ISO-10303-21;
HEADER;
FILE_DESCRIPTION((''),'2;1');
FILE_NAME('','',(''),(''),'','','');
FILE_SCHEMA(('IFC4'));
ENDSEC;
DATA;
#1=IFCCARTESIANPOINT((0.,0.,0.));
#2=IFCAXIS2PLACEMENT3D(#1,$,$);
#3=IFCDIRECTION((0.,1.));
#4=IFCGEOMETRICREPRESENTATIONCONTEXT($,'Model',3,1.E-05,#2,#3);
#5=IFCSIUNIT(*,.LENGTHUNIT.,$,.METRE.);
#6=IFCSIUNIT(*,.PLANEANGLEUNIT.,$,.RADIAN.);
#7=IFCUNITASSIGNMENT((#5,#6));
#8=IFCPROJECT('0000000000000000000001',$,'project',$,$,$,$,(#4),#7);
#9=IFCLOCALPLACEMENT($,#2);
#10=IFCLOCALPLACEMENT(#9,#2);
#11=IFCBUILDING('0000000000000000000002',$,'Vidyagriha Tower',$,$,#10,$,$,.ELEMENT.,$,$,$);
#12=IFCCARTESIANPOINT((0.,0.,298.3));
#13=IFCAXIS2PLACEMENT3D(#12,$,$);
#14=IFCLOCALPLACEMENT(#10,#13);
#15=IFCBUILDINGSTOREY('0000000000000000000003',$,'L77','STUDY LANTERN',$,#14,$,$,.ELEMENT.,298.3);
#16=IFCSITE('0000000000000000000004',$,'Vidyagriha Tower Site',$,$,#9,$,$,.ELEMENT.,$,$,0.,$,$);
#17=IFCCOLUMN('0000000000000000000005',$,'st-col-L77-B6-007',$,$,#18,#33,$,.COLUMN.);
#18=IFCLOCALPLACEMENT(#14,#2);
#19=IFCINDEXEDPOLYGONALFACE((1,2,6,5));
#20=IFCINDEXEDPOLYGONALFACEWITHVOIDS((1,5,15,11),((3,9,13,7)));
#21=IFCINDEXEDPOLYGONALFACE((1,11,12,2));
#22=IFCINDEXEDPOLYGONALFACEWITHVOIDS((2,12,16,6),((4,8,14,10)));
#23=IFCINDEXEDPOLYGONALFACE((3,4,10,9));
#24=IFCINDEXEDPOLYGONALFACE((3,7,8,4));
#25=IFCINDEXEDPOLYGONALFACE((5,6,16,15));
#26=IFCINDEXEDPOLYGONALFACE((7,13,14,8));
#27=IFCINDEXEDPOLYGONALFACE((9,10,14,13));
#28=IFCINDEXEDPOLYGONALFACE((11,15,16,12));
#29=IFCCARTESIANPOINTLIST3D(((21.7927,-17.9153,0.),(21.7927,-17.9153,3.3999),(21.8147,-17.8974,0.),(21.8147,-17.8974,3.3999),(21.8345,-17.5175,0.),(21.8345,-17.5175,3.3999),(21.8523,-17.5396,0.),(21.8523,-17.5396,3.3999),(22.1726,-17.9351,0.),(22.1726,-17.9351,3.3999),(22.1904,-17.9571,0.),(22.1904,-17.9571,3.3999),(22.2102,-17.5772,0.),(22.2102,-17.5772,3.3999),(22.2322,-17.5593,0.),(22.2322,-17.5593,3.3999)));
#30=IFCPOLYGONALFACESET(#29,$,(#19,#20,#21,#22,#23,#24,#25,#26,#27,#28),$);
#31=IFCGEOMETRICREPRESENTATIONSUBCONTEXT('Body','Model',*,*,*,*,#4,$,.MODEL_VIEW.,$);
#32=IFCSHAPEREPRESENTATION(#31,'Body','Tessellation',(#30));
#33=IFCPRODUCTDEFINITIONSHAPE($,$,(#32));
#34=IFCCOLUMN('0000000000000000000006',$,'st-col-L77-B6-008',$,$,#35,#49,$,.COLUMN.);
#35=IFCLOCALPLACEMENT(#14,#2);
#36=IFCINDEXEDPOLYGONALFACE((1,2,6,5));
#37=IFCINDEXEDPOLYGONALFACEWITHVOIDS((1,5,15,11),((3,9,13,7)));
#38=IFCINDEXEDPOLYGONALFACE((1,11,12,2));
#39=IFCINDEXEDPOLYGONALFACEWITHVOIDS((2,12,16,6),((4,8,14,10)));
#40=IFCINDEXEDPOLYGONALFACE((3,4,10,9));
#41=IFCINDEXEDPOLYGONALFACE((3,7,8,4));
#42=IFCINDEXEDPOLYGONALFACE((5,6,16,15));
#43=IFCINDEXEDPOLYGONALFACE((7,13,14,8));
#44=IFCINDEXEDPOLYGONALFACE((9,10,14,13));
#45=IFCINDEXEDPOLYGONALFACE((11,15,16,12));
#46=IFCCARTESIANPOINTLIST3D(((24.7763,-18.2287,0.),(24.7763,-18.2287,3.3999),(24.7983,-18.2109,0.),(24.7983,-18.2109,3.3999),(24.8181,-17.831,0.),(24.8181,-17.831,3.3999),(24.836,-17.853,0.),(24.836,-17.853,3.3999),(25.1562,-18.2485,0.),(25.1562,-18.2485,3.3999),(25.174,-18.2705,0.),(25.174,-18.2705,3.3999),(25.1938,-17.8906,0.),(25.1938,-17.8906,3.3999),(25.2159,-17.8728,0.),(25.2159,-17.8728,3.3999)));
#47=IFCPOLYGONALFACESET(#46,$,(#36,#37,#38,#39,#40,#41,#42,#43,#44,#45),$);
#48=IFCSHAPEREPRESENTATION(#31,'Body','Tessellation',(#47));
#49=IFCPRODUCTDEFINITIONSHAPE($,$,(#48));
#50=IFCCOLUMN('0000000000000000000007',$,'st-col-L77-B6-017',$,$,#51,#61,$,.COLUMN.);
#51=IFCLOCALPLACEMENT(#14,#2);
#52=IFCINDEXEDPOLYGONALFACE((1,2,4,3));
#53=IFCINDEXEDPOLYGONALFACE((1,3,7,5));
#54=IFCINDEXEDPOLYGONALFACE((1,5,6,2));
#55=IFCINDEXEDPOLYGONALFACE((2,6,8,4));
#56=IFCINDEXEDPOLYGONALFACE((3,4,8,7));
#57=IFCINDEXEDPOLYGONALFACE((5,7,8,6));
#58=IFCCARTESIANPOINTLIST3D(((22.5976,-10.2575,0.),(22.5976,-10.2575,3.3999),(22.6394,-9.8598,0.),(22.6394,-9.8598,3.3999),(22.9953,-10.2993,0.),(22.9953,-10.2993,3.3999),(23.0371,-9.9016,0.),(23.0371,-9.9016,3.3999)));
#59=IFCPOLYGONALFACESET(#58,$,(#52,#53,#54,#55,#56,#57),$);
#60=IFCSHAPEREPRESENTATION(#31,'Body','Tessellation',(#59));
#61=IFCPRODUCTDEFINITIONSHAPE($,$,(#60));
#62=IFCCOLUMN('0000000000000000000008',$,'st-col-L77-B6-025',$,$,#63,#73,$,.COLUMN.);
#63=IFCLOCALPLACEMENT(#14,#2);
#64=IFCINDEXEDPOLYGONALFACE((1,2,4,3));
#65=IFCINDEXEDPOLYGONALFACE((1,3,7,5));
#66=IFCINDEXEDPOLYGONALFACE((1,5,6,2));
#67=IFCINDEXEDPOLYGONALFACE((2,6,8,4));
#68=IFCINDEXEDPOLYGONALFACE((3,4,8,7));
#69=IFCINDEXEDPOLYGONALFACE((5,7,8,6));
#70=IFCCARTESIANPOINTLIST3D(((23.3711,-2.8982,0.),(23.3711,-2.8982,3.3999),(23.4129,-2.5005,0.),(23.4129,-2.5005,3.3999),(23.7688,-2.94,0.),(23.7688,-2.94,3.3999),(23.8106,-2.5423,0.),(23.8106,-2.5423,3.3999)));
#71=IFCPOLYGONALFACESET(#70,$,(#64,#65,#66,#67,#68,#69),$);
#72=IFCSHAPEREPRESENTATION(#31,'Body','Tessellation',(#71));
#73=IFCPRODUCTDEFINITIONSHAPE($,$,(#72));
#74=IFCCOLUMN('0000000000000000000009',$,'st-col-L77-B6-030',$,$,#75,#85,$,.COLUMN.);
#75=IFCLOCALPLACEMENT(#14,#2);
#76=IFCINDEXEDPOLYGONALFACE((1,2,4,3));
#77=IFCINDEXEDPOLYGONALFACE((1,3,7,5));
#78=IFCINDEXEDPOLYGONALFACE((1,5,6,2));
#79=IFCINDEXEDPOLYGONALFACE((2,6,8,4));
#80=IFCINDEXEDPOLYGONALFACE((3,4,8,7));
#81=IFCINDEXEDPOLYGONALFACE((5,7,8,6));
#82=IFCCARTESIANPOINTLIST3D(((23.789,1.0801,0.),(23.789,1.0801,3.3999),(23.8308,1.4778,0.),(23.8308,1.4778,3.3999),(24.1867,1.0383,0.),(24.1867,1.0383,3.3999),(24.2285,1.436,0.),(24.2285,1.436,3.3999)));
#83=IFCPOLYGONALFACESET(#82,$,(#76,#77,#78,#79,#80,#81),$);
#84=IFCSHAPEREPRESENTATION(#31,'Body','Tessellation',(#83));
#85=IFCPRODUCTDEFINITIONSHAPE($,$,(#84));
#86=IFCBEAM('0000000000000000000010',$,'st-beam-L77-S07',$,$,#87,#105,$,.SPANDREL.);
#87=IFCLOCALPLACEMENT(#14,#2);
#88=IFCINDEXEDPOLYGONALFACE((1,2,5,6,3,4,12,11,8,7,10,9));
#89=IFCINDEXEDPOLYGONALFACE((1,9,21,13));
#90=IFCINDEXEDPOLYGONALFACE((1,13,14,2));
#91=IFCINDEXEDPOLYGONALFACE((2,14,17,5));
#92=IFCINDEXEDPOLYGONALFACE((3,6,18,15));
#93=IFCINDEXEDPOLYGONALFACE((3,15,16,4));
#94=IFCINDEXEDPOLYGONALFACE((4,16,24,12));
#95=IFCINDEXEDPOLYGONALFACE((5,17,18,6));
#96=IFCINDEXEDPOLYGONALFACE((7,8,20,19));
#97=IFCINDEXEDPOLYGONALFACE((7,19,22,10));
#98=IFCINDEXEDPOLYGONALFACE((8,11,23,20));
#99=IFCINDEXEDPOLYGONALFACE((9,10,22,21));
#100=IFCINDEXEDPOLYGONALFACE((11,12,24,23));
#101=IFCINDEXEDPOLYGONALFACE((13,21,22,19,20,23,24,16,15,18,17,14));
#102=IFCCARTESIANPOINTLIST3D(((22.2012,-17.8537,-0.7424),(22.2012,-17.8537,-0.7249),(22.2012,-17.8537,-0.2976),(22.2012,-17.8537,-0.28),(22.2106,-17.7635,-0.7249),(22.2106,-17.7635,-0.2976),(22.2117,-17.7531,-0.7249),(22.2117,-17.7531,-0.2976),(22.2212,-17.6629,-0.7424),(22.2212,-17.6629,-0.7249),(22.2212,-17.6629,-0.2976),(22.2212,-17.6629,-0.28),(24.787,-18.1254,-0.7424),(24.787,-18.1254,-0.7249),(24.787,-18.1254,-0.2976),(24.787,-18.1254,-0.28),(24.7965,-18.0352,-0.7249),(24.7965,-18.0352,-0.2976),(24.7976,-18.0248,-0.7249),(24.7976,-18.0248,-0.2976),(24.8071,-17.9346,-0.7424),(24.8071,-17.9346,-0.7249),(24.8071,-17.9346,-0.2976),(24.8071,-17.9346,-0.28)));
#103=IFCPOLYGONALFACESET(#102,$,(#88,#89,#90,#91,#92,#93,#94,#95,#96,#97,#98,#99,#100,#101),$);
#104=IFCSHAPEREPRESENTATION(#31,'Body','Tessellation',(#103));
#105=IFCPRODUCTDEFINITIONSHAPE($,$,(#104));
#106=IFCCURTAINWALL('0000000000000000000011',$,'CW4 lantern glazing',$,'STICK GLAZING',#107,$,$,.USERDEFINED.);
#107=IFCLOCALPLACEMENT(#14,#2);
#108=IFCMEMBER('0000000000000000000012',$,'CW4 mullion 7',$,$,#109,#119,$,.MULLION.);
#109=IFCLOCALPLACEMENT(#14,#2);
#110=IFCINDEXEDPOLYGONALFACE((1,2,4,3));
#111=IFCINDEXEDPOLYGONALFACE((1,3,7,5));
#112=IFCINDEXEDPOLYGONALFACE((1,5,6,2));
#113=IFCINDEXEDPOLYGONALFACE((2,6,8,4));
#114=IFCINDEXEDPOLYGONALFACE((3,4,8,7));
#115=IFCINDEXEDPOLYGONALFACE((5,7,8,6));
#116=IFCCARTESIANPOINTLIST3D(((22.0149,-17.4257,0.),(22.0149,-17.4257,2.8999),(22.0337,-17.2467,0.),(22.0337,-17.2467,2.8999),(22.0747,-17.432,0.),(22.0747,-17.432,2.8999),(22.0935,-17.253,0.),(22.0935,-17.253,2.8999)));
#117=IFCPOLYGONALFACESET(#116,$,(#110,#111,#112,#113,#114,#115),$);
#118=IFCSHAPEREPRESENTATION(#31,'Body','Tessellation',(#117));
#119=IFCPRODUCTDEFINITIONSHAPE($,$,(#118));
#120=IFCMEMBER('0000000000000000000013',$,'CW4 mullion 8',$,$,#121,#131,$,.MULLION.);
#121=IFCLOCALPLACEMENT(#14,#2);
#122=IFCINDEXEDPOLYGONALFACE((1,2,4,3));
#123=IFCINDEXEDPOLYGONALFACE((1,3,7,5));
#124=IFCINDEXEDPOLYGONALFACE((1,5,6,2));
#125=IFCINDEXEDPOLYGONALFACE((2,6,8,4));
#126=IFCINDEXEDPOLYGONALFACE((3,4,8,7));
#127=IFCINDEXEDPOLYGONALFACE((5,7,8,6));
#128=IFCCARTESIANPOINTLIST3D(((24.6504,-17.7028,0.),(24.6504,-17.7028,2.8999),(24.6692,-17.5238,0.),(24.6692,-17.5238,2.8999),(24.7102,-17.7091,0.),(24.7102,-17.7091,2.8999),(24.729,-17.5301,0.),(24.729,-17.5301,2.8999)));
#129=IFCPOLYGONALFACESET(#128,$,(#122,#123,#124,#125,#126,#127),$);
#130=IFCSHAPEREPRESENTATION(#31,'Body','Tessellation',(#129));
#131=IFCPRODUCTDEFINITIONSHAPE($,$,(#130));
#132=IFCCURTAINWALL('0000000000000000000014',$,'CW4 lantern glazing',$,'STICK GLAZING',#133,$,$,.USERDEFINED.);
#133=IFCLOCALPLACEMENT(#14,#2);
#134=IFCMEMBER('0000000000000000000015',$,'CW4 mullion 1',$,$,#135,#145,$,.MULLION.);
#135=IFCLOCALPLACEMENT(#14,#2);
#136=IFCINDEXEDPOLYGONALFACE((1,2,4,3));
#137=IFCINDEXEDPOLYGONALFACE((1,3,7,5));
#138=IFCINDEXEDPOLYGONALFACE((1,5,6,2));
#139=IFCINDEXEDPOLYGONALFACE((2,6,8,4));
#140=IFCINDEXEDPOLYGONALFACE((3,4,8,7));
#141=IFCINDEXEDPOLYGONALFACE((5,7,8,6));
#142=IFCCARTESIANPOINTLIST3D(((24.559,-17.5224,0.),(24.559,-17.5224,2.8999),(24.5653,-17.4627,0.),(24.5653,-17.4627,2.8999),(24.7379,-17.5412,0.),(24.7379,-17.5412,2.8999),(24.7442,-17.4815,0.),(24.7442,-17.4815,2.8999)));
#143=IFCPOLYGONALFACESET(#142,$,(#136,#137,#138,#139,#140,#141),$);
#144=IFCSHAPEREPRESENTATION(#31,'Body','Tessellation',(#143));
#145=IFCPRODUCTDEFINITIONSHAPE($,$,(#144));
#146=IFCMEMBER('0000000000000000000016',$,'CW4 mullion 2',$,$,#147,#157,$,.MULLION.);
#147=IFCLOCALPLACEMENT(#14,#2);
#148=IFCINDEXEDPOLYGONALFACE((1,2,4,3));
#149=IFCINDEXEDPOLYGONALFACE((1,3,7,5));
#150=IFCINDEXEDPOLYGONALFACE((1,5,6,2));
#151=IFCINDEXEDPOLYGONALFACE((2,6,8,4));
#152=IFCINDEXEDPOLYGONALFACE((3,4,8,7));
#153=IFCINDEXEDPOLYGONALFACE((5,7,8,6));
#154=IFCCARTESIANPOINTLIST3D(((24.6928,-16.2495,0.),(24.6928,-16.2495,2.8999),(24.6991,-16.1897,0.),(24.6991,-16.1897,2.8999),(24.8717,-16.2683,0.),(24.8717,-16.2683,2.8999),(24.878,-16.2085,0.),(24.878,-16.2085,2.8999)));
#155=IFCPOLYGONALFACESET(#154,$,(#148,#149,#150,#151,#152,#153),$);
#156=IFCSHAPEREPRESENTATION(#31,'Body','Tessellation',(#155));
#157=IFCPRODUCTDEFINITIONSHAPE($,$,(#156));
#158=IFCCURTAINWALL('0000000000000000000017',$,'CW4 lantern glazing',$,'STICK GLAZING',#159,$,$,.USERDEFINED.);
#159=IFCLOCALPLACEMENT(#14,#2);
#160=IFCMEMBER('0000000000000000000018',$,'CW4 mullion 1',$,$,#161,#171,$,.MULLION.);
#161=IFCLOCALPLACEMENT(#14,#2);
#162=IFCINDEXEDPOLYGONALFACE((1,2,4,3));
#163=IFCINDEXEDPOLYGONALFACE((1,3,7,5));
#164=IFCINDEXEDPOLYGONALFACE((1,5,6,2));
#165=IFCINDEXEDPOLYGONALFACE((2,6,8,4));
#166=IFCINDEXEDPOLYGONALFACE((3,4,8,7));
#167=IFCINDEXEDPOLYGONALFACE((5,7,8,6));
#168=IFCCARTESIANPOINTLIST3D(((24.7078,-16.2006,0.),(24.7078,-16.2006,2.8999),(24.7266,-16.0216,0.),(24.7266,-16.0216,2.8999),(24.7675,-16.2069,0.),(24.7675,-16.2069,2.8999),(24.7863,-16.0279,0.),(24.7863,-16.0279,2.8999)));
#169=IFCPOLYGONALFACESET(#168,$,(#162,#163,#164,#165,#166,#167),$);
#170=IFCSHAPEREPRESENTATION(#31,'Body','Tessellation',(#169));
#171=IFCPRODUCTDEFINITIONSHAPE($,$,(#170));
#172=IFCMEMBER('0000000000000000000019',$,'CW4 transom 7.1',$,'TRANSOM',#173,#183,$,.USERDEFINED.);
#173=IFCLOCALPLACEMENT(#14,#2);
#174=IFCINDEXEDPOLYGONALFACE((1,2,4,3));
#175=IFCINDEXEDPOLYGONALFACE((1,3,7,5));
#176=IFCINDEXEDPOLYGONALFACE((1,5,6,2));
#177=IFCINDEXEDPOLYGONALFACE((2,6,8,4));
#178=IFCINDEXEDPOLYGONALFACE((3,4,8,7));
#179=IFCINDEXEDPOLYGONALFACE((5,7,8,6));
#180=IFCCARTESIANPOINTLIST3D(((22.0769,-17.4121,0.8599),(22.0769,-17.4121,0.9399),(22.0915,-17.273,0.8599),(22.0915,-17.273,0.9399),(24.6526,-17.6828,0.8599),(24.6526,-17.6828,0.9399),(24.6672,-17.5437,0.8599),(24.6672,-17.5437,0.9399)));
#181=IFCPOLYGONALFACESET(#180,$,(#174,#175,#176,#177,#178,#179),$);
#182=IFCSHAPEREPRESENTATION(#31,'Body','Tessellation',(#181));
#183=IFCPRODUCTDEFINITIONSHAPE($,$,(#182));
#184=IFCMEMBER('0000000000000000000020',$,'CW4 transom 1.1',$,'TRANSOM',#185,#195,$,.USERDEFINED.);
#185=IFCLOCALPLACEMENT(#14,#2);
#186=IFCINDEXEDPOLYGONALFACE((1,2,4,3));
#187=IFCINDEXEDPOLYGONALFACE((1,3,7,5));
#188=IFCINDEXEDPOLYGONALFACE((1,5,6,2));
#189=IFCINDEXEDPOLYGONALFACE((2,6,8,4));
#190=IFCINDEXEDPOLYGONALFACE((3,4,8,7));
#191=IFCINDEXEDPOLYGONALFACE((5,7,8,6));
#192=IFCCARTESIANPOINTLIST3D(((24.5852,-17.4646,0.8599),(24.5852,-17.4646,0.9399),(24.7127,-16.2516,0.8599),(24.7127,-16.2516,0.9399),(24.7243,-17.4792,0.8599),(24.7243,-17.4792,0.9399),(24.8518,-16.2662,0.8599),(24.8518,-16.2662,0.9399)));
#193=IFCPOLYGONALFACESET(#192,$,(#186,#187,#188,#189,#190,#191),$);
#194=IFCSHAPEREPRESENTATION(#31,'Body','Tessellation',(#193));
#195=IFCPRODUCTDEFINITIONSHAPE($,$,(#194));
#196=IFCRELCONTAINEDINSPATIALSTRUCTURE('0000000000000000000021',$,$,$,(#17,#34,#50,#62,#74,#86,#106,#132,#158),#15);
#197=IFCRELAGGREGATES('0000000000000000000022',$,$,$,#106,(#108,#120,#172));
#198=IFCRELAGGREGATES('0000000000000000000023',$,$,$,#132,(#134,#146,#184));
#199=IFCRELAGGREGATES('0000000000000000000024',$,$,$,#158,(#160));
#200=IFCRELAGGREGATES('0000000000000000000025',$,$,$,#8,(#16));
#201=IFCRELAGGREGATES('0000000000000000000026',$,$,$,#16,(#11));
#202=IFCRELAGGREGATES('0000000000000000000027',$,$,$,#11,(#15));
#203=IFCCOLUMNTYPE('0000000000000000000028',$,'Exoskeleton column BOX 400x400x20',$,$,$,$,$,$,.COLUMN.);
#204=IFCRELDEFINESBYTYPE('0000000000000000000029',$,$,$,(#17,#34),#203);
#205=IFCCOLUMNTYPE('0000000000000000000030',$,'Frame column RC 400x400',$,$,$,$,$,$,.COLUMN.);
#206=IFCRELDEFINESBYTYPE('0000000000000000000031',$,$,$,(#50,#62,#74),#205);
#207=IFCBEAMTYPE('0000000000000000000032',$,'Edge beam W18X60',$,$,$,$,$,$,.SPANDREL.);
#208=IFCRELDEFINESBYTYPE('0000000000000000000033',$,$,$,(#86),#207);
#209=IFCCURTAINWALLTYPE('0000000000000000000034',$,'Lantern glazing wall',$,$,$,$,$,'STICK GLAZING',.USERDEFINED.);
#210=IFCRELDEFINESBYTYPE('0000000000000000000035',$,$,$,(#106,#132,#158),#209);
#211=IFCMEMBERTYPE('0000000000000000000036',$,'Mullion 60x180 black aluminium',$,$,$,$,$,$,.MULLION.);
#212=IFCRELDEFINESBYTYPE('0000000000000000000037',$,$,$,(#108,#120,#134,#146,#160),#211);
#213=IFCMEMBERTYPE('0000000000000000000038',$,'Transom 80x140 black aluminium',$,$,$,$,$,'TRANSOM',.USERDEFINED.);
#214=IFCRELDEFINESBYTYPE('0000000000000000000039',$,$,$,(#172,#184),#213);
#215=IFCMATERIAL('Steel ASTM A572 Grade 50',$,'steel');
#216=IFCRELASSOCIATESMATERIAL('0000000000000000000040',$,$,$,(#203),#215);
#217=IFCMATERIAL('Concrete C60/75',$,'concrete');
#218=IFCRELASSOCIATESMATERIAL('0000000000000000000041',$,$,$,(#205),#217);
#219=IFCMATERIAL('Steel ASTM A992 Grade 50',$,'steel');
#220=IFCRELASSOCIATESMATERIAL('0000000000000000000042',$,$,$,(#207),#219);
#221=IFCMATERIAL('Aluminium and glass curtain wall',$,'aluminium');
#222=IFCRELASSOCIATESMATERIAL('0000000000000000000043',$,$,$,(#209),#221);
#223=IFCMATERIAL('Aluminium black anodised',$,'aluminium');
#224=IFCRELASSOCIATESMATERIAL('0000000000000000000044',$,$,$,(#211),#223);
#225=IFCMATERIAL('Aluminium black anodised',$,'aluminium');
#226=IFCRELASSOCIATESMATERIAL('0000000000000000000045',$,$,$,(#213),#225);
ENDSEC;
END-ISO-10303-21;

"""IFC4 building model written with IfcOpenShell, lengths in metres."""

from ifc_helpers import new_model, si_unit, direction, frame, origin, origin_2d, place, context, subcontext, project, spatial, rectangle, hollow_rectangle, i_section, extrude, material, material_profile, profile_set, type_object, element, aggregate, save


model = new_model("IFC4")

# Units and contexts
model_context = context("Model", 3, precision=1e-05, world=origin(), true_north=direction((0.0, 1.0)))
body_context = subcontext(model_context, "Body", "Model", "MODEL_VIEW")
ifc_project = project(units=[si_unit("LENGTHUNIT", "METRE"), si_unit("PLANEANGLEUNIT", "RADIAN")], contexts=[model_context])

# Site, building, storey
site_placement = place(None, origin())
site = spatial("IfcSite", under=ifc_project, at=site_placement, Name="Vidyagriha Tower Site", CompositionType="ELEMENT", RefElevation=0.0)
building_placement = place(site_placement, origin())
building = spatial("IfcBuilding", under=site, at=building_placement, Name="Vidyagriha Tower", CompositionType="ELEMENT")
storey_placement = place(building_placement, frame((0.0, 0.0, 298.3)))
storey = spatial("IfcBuildingStorey", under=building, at=storey_placement, Name="L77", Description="STUDY LANTERN", CompositionType="ELEMENT", Elevation=298.3)

# Columns
ifc_material_1 = material(Name="Steel ASTM A572 Grade 50", Category="steel")
ifc_material_profile_1 = material_profile(ifc_material_1, hollow_rectangle(XDim=0.3999, YDim=0.3999, WallThickness=0.02, at=origin_2d()), Name="BOX 400x400x20")
ifc_profile_set_1 = profile_set([ifc_material_profile_1], Name="Steel ASTM A572 Grade 50")
column_type_1 = type_object("IfcColumnType", Name="Exoskeleton column BOX 400x400x20", PredefinedType="COLUMN", material=ifc_profile_set_1)
for number, where, z_axis, x_axis, name in (
    (1, (22.0125, -17.7373, 0.0), (0.0, 0.0, 1.0), (0.994522, -0.104528, 0.0), "st-col-L77-B6-007"),
    (2, (24.9961, -18.0508, 0.0), (0.0, 0.0, 1.0), (0.994522, -0.104528, 0.0), "st-col-L77-B6-008"),
):
    element("IfcColumn", number, at=place(storey_placement, frame(where, z_axis=z_axis, x_axis=x_axis)), inside=storey, type_object=column_type_1, Name=name, PredefinedType="COLUMN", context=body_context, shape_type="SweptSolid", body=[
        extrude(hollow_rectangle(XDim=0.3999, YDim=0.3999, WallThickness=0.02, at=origin_2d()), origin(), (0.0, 0.0, 1.0), 3.3999),
    ])
ifc_material_2 = material(Name="Concrete C60/75", Category="concrete")
ifc_material_profile_2 = material_profile(ifc_material_2, rectangle(XDim=0.3999, YDim=0.3999, at=origin_2d()), Name="RC 400x400")
ifc_profile_set_2 = profile_set([ifc_material_profile_2], Name="Concrete C60/75")
column_type_2 = type_object("IfcColumnType", Name="Frame column RC 400x400", PredefinedType="COLUMN", material=ifc_profile_set_2)
for number, where, z_axis, x_axis, name in (
    (3, (22.8174, -10.0796, 0.0), (0.0, 0.0, 1.0), (0.994522, -0.104528, 0.0), "st-col-L77-B6-017"),
    (4, (23.5908, -2.7202, 0.0), (0.0, 0.0, 1.0), (0.994522, -0.104528, 0.0), "st-col-L77-B6-025"),
    (5, (24.0088, 1.2581, 0.0), (0.0, 0.0, 1.0), (0.994522, -0.104528, 0.0), "st-col-L77-B6-030"),
):
    element("IfcColumn", number, at=place(storey_placement, frame(where, z_axis=z_axis, x_axis=x_axis)), inside=storey, type_object=column_type_2, Name=name, PredefinedType="COLUMN", context=body_context, shape_type="SweptSolid", body=[
        extrude(rectangle(XDim=0.3999, YDim=0.3999, at=origin_2d()), origin(), (0.0, 0.0, 1.0), 3.3999),
    ])

# Beam
ifc_material_3 = material(Name="Steel ASTM A992 Grade 50", Category="steel")
ifc_material_profile_3 = material_profile(ifc_material_3, i_section(OverallWidth=0.1919, OverallDepth=0.4624, WebThickness=0.0105, FlangeThickness=0.0176, at=origin_2d()), Name="W18X60")
ifc_profile_set_3 = profile_set([ifc_material_profile_3], Name="Steel ASTM A992 Grade 50")
beam_type = type_object("IfcBeamType", Name="Edge beam W18X60", PredefinedType="SPANDREL", material=ifc_profile_set_3)
beam_placement = place(storey_placement, frame((22.2112, -17.7583, -0.5112), z_axis=(0.994524, -0.104504, 0.0), x_axis=(0.104504, 0.994524, 0.0)))
element("IfcBeam", 6, at=beam_placement, inside=storey, type_object=beam_type, Name="st-beam-L77-S07", PredefinedType="SPANDREL", context=body_context, shape_type="SweptSolid", body=[
    extrude(i_section(OverallWidth=0.1919, OverallDepth=0.4624, WebThickness=0.0105, FlangeThickness=0.0176, at=origin_2d()), origin(), (0.0, 0.0, 1.0), 2.6001),
])

# Curtain walls, members
ifc_material_4 = material(Name="Aluminium and glass curtain wall", Category="aluminium")
curtain_wall_type = type_object("IfcCurtainWallType", Name="Lantern glazing wall", ElementType="STICK GLAZING", PredefinedType="USERDEFINED", material=ifc_material_4)
curtain_wall_1_placement = place(storey_placement, origin())
curtain_wall_1 = element("IfcCurtainWall", 7, at=curtain_wall_1_placement, inside=storey, type_object=curtain_wall_type, Name="CW4 lantern glazing", ObjectType="STICK GLAZING", PredefinedType="USERDEFINED")
ifc_material_5 = material(Name="Aluminium black anodised", Category="aluminium")
ifc_material_profile_4 = material_profile(ifc_material_5, rectangle(XDim=0.1799, YDim=0.0601, at=origin_2d()), Name="Mullion 60x180 black aluminium")
ifc_profile_set_4 = profile_set([ifc_material_profile_4], Name="Aluminium black anodised")
member_type_1 = type_object("IfcMemberType", Name="Mullion 60x180 black aluminium", PredefinedType="MULLION", material=ifc_profile_set_4)
member_1_placement = place(storey_placement, frame((22.0542, -17.3394, 0.0), z_axis=(0.0, 0.0, 1.0), x_axis=(0.104528, 0.994522, 0.0)))
member_1 = element("IfcMember", 8, at=member_1_placement, type_object=member_type_1, Name="CW4 mullion 7", PredefinedType="MULLION", context=body_context, shape_type="SweptSolid", body=[
    extrude(rectangle(XDim=0.1799, YDim=0.0601, at=origin_2d()), origin(), (0.0, 0.0, 1.0), 2.8999),
])
member_2_placement = place(storey_placement, frame((24.6897, -17.6165, 0.0), z_axis=(0.0, 0.0, 1.0), x_axis=(0.104528, 0.994522, 0.0)))
member_2 = element("IfcMember", 9, at=member_2_placement, type_object=member_type_1, Name="CW4 mullion 8", PredefinedType="MULLION", context=body_context, shape_type="SweptSolid", body=[
    extrude(rectangle(XDim=0.1799, YDim=0.0601, at=origin_2d()), origin(), (0.0, 0.0, 1.0), 2.8999),
])
curtain_wall_2_placement = place(storey_placement, origin())
curtain_wall_2 = element("IfcCurtainWall", 10, at=curtain_wall_2_placement, inside=storey, type_object=curtain_wall_type, Name="CW4 lantern glazing", ObjectType="STICK GLAZING", PredefinedType="USERDEFINED")
member_3_placement = place(storey_placement, frame((24.6516, -17.502, 0.0), z_axis=(0.0, 0.0, 1.0), x_axis=(-0.994519, 0.104557, 0.0)))
member_3 = element("IfcMember", 11, at=member_3_placement, type_object=member_type_1, Name="CW4 mullion 1", PredefinedType="MULLION", context=body_context, shape_type="SweptSolid", body=[
    extrude(rectangle(XDim=0.1799, YDim=0.0601, at=origin_2d()), origin(), (0.0, 0.0, 1.0), 2.8999),
])
member_4_placement = place(storey_placement, frame((24.7854, -16.229, 0.0), z_axis=(0.0, 0.0, 1.0), x_axis=(-0.994519, 0.104557, 0.0)))
member_4 = element("IfcMember", 12, at=member_4_placement, type_object=member_type_1, Name="CW4 mullion 2", PredefinedType="MULLION", context=body_context, shape_type="SweptSolid", body=[
    extrude(rectangle(XDim=0.1799, YDim=0.0601, at=origin_2d()), origin(), (0.0, 0.0, 1.0), 2.8999),
])

# Curtain wall, member
curtain_wall_3_placement = place(storey_placement, origin())
curtain_wall_3 = element("IfcCurtainWall", 13, at=curtain_wall_3_placement, inside=storey, type_object=curtain_wall_type, Name="CW4 lantern glazing", ObjectType="STICK GLAZING", PredefinedType="USERDEFINED")
member_5_placement = place(storey_placement, frame((24.7471, -16.1143, 0.0), z_axis=(0.0, 0.0, 1.0), x_axis=(0.104519, 0.994523, 0.0)))
member_5 = element("IfcMember", 14, at=member_5_placement, type_object=member_type_1, Name="CW4 mullion 1", PredefinedType="MULLION", context=body_context, shape_type="SweptSolid", body=[
    extrude(rectangle(XDim=0.1799, YDim=0.0601, at=origin_2d()), origin(), (0.0, 0.0, 1.0), 2.8999),
])

# Members
ifc_material_6 = material(Name="Aluminium black anodised", Category="aluminium")
ifc_material_profile_5 = material_profile(ifc_material_6, rectangle(XDim=0.1399, YDim=0.0801, at=origin_2d()), Name="Transom 80x140 black aluminium")
ifc_profile_set_5 = profile_set([ifc_material_profile_5], Name="Aluminium black anodised")
member_type_2 = type_object("IfcMemberType", Name="Transom 80x140 black aluminium", ElementType="TRANSOM", PredefinedType="USERDEFINED", material=ifc_profile_set_5)
member_6_placement = place(storey_placement, frame((22.0842, -17.3425, 0.8999), z_axis=(0.99452, -0.104542, 0.0), x_axis=(0.104542, 0.99452, 0.0)))
member_6 = element("IfcMember", 15, at=member_6_placement, type_object=member_type_2, Name="CW4 transom 7.1", ObjectType="TRANSOM", PredefinedType="USERDEFINED", context=body_context, shape_type="SweptSolid", body=[
    extrude(rectangle(XDim=0.1399, YDim=0.0801, at=origin_2d()), origin(), (0.0, 0.0, 1.0), 2.5898),
])
member_7_placement = place(storey_placement, frame((24.6548, -17.4719, 0.8999), z_axis=(0.104476, 0.994527, 0.0), x_axis=(-0.994527, 0.104476, 0.0)))
member_7 = element("IfcMember", 16, at=member_7_placement, type_object=member_type_2, Name="CW4 transom 1.1", ObjectType="TRANSOM", PredefinedType="USERDEFINED", context=body_context, shape_type="SweptSolid", body=[
    extrude(rectangle(XDim=0.1399, YDim=0.0801, at=origin_2d()), origin(), (0.0, 0.0, 1.0), 1.2197),
])

aggregate(curtain_wall_1, [member_1, member_2, member_6])
aggregate(curtain_wall_2, [member_3, member_4, member_7])
aggregate(curtain_wall_3, [member_5])

save(model, "model.ifc")
